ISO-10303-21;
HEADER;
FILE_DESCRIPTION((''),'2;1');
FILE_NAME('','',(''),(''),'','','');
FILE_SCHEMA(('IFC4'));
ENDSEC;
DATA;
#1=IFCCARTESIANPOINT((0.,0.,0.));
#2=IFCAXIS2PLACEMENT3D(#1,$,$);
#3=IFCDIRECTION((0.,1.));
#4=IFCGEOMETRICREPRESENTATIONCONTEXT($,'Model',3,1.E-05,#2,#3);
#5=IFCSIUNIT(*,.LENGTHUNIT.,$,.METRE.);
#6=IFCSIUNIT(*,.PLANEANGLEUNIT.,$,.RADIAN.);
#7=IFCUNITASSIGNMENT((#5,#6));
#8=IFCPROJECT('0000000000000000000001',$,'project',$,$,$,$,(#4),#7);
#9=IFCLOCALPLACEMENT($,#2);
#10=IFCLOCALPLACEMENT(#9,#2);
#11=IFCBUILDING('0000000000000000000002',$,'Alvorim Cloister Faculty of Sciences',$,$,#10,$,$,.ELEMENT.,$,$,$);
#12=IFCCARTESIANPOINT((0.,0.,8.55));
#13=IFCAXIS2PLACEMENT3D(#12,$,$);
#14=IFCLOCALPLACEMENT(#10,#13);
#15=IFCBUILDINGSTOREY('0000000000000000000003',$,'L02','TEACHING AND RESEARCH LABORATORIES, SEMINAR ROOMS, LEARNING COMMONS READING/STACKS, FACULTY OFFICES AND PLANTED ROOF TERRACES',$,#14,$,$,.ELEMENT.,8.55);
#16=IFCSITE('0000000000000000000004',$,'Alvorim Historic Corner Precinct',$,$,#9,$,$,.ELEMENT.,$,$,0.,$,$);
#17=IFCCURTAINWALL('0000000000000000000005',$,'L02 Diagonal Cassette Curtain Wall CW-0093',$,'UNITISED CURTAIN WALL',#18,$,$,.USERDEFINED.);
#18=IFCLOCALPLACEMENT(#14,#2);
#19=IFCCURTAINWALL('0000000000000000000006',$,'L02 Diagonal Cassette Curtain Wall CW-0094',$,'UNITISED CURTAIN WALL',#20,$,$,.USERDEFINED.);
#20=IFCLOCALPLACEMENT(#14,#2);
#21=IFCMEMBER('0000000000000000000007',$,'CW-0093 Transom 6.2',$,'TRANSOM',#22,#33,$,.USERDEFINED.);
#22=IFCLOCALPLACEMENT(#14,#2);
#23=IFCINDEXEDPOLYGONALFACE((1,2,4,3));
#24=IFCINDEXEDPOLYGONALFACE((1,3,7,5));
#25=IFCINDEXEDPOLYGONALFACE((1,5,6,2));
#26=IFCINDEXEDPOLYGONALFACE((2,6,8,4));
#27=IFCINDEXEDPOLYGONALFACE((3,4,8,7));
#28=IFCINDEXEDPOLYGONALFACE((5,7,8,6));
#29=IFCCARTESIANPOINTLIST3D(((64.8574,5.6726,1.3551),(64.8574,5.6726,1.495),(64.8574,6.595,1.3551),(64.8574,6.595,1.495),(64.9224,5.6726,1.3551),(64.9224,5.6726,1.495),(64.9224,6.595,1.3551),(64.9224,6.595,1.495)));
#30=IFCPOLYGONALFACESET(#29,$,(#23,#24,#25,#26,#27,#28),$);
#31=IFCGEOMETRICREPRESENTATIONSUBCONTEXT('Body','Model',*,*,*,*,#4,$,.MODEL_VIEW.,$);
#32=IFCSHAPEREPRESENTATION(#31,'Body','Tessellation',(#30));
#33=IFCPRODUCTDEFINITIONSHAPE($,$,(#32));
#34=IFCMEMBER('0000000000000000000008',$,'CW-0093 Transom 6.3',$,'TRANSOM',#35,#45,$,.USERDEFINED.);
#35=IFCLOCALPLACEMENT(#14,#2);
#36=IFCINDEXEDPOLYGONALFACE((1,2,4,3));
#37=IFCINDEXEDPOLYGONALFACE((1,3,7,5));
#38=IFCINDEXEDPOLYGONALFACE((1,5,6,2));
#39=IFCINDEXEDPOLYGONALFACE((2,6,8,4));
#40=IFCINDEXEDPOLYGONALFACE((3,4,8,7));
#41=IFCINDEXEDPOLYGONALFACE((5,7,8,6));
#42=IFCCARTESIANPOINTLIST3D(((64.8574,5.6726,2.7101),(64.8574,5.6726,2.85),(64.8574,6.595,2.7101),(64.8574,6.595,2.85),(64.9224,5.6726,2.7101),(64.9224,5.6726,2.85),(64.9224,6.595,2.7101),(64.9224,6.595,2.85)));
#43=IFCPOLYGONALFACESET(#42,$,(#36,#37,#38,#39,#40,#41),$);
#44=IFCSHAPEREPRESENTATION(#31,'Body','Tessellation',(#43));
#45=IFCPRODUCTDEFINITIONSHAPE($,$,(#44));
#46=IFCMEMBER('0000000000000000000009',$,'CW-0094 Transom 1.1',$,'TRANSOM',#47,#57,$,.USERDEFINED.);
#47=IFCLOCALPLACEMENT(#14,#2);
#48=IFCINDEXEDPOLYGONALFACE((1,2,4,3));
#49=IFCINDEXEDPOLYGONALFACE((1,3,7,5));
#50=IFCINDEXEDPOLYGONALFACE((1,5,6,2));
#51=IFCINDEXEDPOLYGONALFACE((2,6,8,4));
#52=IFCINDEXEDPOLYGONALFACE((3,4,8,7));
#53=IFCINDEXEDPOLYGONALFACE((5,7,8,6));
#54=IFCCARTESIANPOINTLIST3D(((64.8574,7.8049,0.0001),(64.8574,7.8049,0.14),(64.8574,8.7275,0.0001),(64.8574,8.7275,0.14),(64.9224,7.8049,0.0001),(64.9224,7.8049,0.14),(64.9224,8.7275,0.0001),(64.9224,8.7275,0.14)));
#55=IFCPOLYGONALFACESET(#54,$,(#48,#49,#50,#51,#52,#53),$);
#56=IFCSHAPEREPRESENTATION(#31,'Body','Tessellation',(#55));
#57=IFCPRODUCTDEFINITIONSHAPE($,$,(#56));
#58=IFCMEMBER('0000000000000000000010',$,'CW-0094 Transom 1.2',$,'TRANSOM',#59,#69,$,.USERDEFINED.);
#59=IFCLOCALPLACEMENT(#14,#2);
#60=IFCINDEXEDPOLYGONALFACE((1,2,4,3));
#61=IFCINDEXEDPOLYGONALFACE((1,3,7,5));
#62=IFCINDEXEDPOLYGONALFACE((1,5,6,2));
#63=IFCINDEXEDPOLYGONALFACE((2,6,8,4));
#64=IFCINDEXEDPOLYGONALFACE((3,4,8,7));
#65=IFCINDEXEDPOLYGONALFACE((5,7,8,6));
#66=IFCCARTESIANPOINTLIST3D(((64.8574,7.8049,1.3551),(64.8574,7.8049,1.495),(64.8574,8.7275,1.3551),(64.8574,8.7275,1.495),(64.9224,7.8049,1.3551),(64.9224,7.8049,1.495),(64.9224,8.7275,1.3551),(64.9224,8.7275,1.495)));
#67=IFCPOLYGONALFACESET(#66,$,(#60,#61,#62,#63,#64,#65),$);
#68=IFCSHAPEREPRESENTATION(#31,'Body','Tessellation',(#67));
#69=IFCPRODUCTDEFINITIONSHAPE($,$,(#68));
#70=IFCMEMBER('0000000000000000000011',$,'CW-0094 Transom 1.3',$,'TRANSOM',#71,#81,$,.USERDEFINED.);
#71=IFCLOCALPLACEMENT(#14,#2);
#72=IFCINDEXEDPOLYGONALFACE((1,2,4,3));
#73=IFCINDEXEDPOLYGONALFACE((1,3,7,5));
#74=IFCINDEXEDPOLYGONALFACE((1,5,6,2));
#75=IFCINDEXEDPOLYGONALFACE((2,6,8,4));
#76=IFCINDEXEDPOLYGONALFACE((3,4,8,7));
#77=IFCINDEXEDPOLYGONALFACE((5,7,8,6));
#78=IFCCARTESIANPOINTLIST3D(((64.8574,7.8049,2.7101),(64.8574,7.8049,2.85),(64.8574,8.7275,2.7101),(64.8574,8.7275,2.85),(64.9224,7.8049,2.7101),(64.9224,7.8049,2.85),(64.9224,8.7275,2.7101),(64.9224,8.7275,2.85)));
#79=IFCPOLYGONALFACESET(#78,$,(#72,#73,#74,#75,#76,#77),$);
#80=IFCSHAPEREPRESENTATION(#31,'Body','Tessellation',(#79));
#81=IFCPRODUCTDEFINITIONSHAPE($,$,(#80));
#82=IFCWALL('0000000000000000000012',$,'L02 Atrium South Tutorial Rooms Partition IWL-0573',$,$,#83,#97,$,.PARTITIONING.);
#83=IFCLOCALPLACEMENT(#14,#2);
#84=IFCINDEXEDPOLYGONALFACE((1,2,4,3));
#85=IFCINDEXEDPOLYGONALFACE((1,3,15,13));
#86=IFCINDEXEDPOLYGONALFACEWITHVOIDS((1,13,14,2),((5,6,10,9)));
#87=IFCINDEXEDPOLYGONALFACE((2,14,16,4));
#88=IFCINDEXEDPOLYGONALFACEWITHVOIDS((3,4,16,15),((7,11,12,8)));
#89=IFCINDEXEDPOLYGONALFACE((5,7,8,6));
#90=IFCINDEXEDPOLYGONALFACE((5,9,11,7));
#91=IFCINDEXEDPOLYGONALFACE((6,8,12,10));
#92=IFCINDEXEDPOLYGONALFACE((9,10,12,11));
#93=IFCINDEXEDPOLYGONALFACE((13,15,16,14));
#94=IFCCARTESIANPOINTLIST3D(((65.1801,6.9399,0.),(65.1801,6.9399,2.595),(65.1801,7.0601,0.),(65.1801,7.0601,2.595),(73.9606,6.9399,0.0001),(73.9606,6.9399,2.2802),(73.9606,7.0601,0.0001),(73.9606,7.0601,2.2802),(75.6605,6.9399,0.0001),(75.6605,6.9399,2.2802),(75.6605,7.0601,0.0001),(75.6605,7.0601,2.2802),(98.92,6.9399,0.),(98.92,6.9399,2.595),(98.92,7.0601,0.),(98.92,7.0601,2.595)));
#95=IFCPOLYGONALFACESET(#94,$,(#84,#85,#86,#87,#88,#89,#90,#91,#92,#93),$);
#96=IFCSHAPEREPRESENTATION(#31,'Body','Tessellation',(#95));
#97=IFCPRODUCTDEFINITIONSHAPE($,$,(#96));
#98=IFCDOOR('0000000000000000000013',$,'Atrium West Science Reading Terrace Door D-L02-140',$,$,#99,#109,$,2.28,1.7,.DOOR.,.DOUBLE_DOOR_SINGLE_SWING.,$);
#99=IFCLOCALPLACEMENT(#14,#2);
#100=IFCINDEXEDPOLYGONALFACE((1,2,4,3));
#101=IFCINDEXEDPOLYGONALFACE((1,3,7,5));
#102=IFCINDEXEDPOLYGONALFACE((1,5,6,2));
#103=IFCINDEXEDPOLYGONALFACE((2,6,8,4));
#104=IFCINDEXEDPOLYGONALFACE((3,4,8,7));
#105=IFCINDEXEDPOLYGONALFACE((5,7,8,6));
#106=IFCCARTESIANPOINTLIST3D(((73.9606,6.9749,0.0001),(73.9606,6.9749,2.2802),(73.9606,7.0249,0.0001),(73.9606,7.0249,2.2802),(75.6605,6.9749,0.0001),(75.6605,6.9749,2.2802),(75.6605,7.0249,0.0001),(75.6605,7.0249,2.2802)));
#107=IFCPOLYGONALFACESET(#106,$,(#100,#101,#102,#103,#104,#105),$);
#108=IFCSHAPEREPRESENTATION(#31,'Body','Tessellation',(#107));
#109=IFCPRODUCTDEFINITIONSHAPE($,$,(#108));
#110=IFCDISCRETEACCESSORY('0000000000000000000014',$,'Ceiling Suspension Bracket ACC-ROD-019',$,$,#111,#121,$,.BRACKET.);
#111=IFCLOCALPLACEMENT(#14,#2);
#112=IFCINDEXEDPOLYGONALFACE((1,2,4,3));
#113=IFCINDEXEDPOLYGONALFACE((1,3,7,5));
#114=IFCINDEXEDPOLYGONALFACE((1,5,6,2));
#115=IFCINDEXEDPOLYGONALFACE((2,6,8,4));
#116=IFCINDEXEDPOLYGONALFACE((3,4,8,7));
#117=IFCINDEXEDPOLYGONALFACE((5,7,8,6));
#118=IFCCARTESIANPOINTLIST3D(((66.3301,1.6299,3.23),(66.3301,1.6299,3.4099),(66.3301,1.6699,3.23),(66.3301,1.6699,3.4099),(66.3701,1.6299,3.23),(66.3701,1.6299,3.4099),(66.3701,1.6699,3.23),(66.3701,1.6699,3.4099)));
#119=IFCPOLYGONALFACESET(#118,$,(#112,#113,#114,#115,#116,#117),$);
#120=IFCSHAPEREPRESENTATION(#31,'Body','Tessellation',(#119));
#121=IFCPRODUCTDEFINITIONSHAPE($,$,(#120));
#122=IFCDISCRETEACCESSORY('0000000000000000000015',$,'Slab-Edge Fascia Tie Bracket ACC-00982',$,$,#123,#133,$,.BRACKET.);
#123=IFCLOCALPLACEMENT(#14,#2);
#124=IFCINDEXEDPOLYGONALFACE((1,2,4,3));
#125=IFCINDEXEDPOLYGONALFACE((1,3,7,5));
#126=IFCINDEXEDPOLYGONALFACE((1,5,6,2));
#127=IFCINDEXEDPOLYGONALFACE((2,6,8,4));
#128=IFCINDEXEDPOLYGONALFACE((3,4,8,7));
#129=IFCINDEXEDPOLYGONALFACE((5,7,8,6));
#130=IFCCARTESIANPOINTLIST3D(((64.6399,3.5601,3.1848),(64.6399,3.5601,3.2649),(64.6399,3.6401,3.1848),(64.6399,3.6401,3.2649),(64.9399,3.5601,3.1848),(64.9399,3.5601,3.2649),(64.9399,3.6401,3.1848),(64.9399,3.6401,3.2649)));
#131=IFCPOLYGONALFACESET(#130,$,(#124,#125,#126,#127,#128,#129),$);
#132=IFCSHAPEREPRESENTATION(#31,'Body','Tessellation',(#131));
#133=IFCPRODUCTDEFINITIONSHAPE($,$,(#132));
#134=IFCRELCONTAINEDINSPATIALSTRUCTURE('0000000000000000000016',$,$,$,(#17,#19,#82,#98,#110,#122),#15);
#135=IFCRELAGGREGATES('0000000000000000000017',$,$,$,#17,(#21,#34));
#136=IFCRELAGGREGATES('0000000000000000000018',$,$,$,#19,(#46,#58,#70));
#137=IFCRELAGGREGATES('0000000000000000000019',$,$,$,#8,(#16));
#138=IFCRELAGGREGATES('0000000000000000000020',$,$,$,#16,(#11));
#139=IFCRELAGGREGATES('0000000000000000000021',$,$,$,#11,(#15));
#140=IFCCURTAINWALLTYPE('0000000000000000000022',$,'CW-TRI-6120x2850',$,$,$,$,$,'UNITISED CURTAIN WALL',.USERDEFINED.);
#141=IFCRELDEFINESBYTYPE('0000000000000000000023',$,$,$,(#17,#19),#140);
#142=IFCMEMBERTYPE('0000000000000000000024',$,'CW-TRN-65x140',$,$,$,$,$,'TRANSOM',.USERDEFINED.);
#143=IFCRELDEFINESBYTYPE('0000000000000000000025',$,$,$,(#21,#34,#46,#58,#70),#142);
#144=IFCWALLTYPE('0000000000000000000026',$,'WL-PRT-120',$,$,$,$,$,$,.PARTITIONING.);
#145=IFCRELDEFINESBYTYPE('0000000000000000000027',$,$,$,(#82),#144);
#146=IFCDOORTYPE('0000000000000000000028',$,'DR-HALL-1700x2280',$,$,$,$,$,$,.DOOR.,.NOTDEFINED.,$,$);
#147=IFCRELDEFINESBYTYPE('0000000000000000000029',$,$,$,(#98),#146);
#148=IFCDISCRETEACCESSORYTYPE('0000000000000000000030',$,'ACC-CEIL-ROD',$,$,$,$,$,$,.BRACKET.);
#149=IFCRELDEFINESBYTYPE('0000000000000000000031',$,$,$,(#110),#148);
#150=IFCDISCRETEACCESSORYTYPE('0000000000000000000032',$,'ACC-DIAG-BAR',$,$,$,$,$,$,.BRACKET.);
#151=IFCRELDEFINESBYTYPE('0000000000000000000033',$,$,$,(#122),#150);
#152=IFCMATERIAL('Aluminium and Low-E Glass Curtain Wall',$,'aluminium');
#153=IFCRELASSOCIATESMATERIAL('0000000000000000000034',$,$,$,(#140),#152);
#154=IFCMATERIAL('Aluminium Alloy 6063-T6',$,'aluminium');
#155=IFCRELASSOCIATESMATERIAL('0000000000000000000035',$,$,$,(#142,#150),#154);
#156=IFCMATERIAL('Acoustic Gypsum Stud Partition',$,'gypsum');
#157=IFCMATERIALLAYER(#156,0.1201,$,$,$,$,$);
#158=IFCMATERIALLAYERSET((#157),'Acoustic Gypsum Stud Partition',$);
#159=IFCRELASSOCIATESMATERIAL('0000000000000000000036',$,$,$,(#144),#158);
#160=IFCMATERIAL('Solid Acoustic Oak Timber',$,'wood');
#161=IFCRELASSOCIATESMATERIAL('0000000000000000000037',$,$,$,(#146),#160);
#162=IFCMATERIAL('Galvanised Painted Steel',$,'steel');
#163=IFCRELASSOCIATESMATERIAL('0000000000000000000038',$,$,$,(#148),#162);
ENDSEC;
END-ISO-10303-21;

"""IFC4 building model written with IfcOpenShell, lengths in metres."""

from ifc_helpers import new_model, si_unit, direction, frame, frame_2d, origin, origin_2d, place, context, subcontext, project, spatial, rectangle, extrude, material, layer, layer_set, material_profile, profile_set, type_object, element, fill, aggregate, save


model = new_model("IFC4")

# Units and contexts
model_context = context("Model", 3, precision=1e-05, world=origin(), true_north=direction((0.0, 1.0)))
body_context = subcontext(model_context, "Body", "Model", "MODEL_VIEW")
ifc_project = project(units=[si_unit("LENGTHUNIT", "METRE"), si_unit("PLANEANGLEUNIT", "RADIAN")], contexts=[model_context])

# Site, building, storey
site_placement = place(None, origin())
site = spatial("IfcSite", under=ifc_project, at=site_placement, Name="Alvorim Historic Corner Precinct", CompositionType="ELEMENT", RefElevation=0.0)
building_placement = place(site_placement, origin())
building = spatial("IfcBuilding", under=site, at=building_placement, Name="Alvorim Cloister Faculty of Sciences", CompositionType="ELEMENT")
storey_placement = place(building_placement, frame((0.0, 0.0, 8.55)))
storey = spatial("IfcBuildingStorey", under=building, at=storey_placement, Name="L02", Description="TEACHING AND RESEARCH LABORATORIES, SEMINAR ROOMS, LEARNING COMMONS READING/STACKS, FACULTY OFFICES AND PLANTED ROOF TERRACES", CompositionType="ELEMENT", Elevation=8.55)

# Curtain walls
ifc_material_1 = material(Name="Aluminium and Low-E Glass Curtain Wall", Category="aluminium")
curtain_wall_type = type_object("IfcCurtainWallType", Name="CW-TRI-6120x2850", ElementType="UNITISED CURTAIN WALL", PredefinedType="USERDEFINED", material=ifc_material_1)
curtain_wall_1_placement = place(storey_placement, origin())
curtain_wall_1 = element("IfcCurtainWall", 1, at=curtain_wall_1_placement, inside=storey, type_object=curtain_wall_type, Name="L02 Diagonal Cassette Curtain Wall CW-0093", ObjectType="UNITISED CURTAIN WALL", PredefinedType="USERDEFINED")
ifc_material_2 = material(Name="Aluminium Alloy 6063-T6", Category="aluminium")
curtain_wall_2_placement = place(storey_placement, origin())
curtain_wall_2 = element("IfcCurtainWall", 2, at=curtain_wall_2_placement, inside=storey, type_object=curtain_wall_type, Name="L02 Diagonal Cassette Curtain Wall CW-0094", ObjectType="UNITISED CURTAIN WALL", PredefinedType="USERDEFINED")

# Members
ifc_material_profile_1 = material_profile(ifc_material_2, rectangle(XDim=0.0649, YDim=0.1399, at=origin_2d()), Name="ALU-TRN-65x140")
ifc_profile_set_1 = profile_set([ifc_material_profile_1], Name="Aluminium Alloy 6063-T6")
member_type_1 = type_object("IfcMemberType", Name="CW-TRN-65x140", ElementType="TRANSOM", PredefinedType="USERDEFINED", material=ifc_profile_set_1)
member_1_placement = place(storey_placement, frame((64.8899, 5.6726, 1.425), z_axis=(0.0, 1.0, 0.0), x_axis=(-1.0, 0.0, 0.0)))
member_1 = element("IfcMember", 3, at=member_1_placement, type_object=member_type_1, Name="CW-0093 Transom 6.2", ObjectType="TRANSOM", PredefinedType="USERDEFINED", context=body_context, shape_type="SweptSolid", body=[
    extrude(rectangle(XDim=0.0649, YDim=0.1399, at=origin_2d()), origin(), (0.0, 0.0, 1.0), 0.9224),
])
member_2_placement = place(storey_placement, frame((64.8899, 5.6726, 2.78), z_axis=(0.0, 1.0, 0.0), x_axis=(-1.0, 0.0, 0.0)))
member_2 = element("IfcMember", 4, at=member_2_placement, type_object=member_type_1, Name="CW-0093 Transom 6.3", ObjectType="TRANSOM", PredefinedType="USERDEFINED", context=body_context, shape_type="SweptSolid", body=[
    extrude(rectangle(XDim=0.0649, YDim=0.1399, at=origin_2d()), origin(), (0.0, 0.0, 1.0), 0.9224),
])
aggregate(curtain_wall_1, [member_1, member_2])
member_3_placement = place(storey_placement, frame((64.8899, 7.8049, 0.0701), z_axis=(0.0, 1.0, 0.0), x_axis=(-1.0, 0.0, 0.0)))
member_3 = element("IfcMember", 5, at=member_3_placement, type_object=member_type_1, Name="CW-0094 Transom 1.1", ObjectType="TRANSOM", PredefinedType="USERDEFINED", context=body_context, shape_type="SweptSolid", body=[
    extrude(rectangle(XDim=0.0649, YDim=0.1399, at=origin_2d()), origin(), (0.0, 0.0, 1.0), 0.9226),
])
member_4_placement = place(storey_placement, frame((64.8899, 7.8049, 1.425), z_axis=(0.0, 1.0, 0.0), x_axis=(-1.0, 0.0, 0.0)))
member_4 = element("IfcMember", 6, at=member_4_placement, type_object=member_type_1, Name="CW-0094 Transom 1.2", ObjectType="TRANSOM", PredefinedType="USERDEFINED", context=body_context, shape_type="SweptSolid", body=[
    extrude(rectangle(XDim=0.0649, YDim=0.1399, at=origin_2d()), origin(), (0.0, 0.0, 1.0), 0.9226),
])
member_5_placement = place(storey_placement, frame((64.8899, 7.8049, 2.78), z_axis=(0.0, 1.0, 0.0), x_axis=(-1.0, 0.0, 0.0)))
member_5 = element("IfcMember", 7, at=member_5_placement, type_object=member_type_1, Name="CW-0094 Transom 1.3", ObjectType="TRANSOM", PredefinedType="USERDEFINED", context=body_context, shape_type="SweptSolid", body=[
    extrude(rectangle(XDim=0.0649, YDim=0.1399, at=origin_2d()), origin(), (0.0, 0.0, 1.0), 0.9226),
])
aggregate(curtain_wall_2, [member_3, member_4, member_5])

# Wall, opening, door
ifc_material_3 = material(Name="Acoustic Gypsum Stud Partition", Category="gypsum")
ifc_layer = layer(ifc_material_3, 0.1201)
ifc_layer_set = layer_set([ifc_layer], Name="Acoustic Gypsum Stud Partition")
wall_type = type_object("IfcWallType", Name="WL-PRT-120", PredefinedType="PARTITIONING", material=ifc_layer_set)
wall_placement = place(storey_placement, frame((65.1799, 7.0, 0.0), z_axis=(0.0, 0.0, 1.0), x_axis=(1.0, 0.0, 0.0)))
wall = element("IfcWall", 8, at=wall_placement, inside=storey, type_object=wall_type, Name="L02 Atrium South Tutorial Rooms Partition IWL-0573", PredefinedType="PARTITIONING", context=body_context, shape_type="SweptSolid", body=[
    extrude(rectangle(XDim=33.74, YDim=0.1201, at=frame_2d((16.8701, 0.0))), origin(), (0.0, 0.0, 1.0), 2.595),
])
opening_placement = place(wall_placement, frame((8.7805, 0.0, 0.0)))
opening = element("IfcOpeningElement", 9, at=opening_placement, cuts=wall, PredefinedType="OPENING", context=body_context, shape_type="SweptSolid", body=[
    extrude(rectangle(XDim=1.7, YDim=2.28, at=frame_2d((0.8501, 1.1401))), frame((0.0, 0.072, 0.0), z_axis=(0.0, -1.0, 0.0), x_axis=(1.0, 0.0, 0.0)), (0.0, 0.0, 1.0), 0.144),
])
ifc_material_4 = material(Name="Solid Acoustic Oak Timber", Category="wood")
door_type = type_object("IfcDoorType", Name="DR-HALL-1700x2280", OperationType="NOTDEFINED", PredefinedType="DOOR", material=ifc_material_4)
door_placement = place(opening_placement, origin())
door = element("IfcDoor", 10, at=door_placement, inside=storey, type_object=door_type, Name="Atrium West Science Reading Terrace Door D-L02-140", OperationType="DOUBLE_DOOR_SINGLE_SWING", OverallHeight=2.28, OverallWidth=1.7, PredefinedType="DOOR", context=body_context, shape_type="SweptSolid", body=[
    extrude(rectangle(XDim=1.7, YDim=2.28, at=frame_2d((0.8501, 1.1401))), frame((0.0, 0.0249, 0.0), z_axis=(0.0, -1.0, 0.0), x_axis=(1.0, 0.0, 0.0)), (0.0, 0.0, 1.0), 0.05),
])
fill(opening, door)

# Discrete accessories
ifc_material_5 = material(Name="Galvanised Painted Steel", Category="steel")
discrete_accessory_type_1 = type_object("IfcDiscreteAccessoryType", Name="ACC-CEIL-ROD", PredefinedType="BRACKET", material=ifc_material_5)
discrete_accessory_1_placement = place(storey_placement, frame((66.3501, 1.6499, 3.23), z_axis=(0.0, 0.0, 1.0), x_axis=(1.0, 0.0, 0.0)))
element("IfcDiscreteAccessory", 11, at=discrete_accessory_1_placement, inside=storey, type_object=discrete_accessory_type_1, Name="Ceiling Suspension Bracket ACC-ROD-019", PredefinedType="BRACKET", context=body_context, shape_type="SweptSolid", body=[
    extrude(rectangle(XDim=0.04, YDim=0.04, at=origin_2d()), origin(), (0.0, 0.0, 1.0), 0.1799),
])
discrete_accessory_type_2 = type_object("IfcDiscreteAccessoryType", Name="ACC-DIAG-BAR", PredefinedType="BRACKET", material=ifc_material_2)
discrete_accessory_2_placement = place(storey_placement, frame((64.9399, 3.6001, 3.2249), z_axis=(-1.0, 0.0, 0.0), x_axis=(0.0, -1.0, 0.0)))
element("IfcDiscreteAccessory", 12, at=discrete_accessory_2_placement, inside=storey, type_object=discrete_accessory_type_2, Name="Slab-Edge Fascia Tie Bracket ACC-00982", PredefinedType="BRACKET", context=body_context, shape_type="SweptSolid", body=[
    extrude(rectangle(XDim=0.0801, YDim=0.0801, at=origin_2d()), origin(), (0.0, 0.0, 1.0), 0.3),
])

save(model, "model.ifc")
